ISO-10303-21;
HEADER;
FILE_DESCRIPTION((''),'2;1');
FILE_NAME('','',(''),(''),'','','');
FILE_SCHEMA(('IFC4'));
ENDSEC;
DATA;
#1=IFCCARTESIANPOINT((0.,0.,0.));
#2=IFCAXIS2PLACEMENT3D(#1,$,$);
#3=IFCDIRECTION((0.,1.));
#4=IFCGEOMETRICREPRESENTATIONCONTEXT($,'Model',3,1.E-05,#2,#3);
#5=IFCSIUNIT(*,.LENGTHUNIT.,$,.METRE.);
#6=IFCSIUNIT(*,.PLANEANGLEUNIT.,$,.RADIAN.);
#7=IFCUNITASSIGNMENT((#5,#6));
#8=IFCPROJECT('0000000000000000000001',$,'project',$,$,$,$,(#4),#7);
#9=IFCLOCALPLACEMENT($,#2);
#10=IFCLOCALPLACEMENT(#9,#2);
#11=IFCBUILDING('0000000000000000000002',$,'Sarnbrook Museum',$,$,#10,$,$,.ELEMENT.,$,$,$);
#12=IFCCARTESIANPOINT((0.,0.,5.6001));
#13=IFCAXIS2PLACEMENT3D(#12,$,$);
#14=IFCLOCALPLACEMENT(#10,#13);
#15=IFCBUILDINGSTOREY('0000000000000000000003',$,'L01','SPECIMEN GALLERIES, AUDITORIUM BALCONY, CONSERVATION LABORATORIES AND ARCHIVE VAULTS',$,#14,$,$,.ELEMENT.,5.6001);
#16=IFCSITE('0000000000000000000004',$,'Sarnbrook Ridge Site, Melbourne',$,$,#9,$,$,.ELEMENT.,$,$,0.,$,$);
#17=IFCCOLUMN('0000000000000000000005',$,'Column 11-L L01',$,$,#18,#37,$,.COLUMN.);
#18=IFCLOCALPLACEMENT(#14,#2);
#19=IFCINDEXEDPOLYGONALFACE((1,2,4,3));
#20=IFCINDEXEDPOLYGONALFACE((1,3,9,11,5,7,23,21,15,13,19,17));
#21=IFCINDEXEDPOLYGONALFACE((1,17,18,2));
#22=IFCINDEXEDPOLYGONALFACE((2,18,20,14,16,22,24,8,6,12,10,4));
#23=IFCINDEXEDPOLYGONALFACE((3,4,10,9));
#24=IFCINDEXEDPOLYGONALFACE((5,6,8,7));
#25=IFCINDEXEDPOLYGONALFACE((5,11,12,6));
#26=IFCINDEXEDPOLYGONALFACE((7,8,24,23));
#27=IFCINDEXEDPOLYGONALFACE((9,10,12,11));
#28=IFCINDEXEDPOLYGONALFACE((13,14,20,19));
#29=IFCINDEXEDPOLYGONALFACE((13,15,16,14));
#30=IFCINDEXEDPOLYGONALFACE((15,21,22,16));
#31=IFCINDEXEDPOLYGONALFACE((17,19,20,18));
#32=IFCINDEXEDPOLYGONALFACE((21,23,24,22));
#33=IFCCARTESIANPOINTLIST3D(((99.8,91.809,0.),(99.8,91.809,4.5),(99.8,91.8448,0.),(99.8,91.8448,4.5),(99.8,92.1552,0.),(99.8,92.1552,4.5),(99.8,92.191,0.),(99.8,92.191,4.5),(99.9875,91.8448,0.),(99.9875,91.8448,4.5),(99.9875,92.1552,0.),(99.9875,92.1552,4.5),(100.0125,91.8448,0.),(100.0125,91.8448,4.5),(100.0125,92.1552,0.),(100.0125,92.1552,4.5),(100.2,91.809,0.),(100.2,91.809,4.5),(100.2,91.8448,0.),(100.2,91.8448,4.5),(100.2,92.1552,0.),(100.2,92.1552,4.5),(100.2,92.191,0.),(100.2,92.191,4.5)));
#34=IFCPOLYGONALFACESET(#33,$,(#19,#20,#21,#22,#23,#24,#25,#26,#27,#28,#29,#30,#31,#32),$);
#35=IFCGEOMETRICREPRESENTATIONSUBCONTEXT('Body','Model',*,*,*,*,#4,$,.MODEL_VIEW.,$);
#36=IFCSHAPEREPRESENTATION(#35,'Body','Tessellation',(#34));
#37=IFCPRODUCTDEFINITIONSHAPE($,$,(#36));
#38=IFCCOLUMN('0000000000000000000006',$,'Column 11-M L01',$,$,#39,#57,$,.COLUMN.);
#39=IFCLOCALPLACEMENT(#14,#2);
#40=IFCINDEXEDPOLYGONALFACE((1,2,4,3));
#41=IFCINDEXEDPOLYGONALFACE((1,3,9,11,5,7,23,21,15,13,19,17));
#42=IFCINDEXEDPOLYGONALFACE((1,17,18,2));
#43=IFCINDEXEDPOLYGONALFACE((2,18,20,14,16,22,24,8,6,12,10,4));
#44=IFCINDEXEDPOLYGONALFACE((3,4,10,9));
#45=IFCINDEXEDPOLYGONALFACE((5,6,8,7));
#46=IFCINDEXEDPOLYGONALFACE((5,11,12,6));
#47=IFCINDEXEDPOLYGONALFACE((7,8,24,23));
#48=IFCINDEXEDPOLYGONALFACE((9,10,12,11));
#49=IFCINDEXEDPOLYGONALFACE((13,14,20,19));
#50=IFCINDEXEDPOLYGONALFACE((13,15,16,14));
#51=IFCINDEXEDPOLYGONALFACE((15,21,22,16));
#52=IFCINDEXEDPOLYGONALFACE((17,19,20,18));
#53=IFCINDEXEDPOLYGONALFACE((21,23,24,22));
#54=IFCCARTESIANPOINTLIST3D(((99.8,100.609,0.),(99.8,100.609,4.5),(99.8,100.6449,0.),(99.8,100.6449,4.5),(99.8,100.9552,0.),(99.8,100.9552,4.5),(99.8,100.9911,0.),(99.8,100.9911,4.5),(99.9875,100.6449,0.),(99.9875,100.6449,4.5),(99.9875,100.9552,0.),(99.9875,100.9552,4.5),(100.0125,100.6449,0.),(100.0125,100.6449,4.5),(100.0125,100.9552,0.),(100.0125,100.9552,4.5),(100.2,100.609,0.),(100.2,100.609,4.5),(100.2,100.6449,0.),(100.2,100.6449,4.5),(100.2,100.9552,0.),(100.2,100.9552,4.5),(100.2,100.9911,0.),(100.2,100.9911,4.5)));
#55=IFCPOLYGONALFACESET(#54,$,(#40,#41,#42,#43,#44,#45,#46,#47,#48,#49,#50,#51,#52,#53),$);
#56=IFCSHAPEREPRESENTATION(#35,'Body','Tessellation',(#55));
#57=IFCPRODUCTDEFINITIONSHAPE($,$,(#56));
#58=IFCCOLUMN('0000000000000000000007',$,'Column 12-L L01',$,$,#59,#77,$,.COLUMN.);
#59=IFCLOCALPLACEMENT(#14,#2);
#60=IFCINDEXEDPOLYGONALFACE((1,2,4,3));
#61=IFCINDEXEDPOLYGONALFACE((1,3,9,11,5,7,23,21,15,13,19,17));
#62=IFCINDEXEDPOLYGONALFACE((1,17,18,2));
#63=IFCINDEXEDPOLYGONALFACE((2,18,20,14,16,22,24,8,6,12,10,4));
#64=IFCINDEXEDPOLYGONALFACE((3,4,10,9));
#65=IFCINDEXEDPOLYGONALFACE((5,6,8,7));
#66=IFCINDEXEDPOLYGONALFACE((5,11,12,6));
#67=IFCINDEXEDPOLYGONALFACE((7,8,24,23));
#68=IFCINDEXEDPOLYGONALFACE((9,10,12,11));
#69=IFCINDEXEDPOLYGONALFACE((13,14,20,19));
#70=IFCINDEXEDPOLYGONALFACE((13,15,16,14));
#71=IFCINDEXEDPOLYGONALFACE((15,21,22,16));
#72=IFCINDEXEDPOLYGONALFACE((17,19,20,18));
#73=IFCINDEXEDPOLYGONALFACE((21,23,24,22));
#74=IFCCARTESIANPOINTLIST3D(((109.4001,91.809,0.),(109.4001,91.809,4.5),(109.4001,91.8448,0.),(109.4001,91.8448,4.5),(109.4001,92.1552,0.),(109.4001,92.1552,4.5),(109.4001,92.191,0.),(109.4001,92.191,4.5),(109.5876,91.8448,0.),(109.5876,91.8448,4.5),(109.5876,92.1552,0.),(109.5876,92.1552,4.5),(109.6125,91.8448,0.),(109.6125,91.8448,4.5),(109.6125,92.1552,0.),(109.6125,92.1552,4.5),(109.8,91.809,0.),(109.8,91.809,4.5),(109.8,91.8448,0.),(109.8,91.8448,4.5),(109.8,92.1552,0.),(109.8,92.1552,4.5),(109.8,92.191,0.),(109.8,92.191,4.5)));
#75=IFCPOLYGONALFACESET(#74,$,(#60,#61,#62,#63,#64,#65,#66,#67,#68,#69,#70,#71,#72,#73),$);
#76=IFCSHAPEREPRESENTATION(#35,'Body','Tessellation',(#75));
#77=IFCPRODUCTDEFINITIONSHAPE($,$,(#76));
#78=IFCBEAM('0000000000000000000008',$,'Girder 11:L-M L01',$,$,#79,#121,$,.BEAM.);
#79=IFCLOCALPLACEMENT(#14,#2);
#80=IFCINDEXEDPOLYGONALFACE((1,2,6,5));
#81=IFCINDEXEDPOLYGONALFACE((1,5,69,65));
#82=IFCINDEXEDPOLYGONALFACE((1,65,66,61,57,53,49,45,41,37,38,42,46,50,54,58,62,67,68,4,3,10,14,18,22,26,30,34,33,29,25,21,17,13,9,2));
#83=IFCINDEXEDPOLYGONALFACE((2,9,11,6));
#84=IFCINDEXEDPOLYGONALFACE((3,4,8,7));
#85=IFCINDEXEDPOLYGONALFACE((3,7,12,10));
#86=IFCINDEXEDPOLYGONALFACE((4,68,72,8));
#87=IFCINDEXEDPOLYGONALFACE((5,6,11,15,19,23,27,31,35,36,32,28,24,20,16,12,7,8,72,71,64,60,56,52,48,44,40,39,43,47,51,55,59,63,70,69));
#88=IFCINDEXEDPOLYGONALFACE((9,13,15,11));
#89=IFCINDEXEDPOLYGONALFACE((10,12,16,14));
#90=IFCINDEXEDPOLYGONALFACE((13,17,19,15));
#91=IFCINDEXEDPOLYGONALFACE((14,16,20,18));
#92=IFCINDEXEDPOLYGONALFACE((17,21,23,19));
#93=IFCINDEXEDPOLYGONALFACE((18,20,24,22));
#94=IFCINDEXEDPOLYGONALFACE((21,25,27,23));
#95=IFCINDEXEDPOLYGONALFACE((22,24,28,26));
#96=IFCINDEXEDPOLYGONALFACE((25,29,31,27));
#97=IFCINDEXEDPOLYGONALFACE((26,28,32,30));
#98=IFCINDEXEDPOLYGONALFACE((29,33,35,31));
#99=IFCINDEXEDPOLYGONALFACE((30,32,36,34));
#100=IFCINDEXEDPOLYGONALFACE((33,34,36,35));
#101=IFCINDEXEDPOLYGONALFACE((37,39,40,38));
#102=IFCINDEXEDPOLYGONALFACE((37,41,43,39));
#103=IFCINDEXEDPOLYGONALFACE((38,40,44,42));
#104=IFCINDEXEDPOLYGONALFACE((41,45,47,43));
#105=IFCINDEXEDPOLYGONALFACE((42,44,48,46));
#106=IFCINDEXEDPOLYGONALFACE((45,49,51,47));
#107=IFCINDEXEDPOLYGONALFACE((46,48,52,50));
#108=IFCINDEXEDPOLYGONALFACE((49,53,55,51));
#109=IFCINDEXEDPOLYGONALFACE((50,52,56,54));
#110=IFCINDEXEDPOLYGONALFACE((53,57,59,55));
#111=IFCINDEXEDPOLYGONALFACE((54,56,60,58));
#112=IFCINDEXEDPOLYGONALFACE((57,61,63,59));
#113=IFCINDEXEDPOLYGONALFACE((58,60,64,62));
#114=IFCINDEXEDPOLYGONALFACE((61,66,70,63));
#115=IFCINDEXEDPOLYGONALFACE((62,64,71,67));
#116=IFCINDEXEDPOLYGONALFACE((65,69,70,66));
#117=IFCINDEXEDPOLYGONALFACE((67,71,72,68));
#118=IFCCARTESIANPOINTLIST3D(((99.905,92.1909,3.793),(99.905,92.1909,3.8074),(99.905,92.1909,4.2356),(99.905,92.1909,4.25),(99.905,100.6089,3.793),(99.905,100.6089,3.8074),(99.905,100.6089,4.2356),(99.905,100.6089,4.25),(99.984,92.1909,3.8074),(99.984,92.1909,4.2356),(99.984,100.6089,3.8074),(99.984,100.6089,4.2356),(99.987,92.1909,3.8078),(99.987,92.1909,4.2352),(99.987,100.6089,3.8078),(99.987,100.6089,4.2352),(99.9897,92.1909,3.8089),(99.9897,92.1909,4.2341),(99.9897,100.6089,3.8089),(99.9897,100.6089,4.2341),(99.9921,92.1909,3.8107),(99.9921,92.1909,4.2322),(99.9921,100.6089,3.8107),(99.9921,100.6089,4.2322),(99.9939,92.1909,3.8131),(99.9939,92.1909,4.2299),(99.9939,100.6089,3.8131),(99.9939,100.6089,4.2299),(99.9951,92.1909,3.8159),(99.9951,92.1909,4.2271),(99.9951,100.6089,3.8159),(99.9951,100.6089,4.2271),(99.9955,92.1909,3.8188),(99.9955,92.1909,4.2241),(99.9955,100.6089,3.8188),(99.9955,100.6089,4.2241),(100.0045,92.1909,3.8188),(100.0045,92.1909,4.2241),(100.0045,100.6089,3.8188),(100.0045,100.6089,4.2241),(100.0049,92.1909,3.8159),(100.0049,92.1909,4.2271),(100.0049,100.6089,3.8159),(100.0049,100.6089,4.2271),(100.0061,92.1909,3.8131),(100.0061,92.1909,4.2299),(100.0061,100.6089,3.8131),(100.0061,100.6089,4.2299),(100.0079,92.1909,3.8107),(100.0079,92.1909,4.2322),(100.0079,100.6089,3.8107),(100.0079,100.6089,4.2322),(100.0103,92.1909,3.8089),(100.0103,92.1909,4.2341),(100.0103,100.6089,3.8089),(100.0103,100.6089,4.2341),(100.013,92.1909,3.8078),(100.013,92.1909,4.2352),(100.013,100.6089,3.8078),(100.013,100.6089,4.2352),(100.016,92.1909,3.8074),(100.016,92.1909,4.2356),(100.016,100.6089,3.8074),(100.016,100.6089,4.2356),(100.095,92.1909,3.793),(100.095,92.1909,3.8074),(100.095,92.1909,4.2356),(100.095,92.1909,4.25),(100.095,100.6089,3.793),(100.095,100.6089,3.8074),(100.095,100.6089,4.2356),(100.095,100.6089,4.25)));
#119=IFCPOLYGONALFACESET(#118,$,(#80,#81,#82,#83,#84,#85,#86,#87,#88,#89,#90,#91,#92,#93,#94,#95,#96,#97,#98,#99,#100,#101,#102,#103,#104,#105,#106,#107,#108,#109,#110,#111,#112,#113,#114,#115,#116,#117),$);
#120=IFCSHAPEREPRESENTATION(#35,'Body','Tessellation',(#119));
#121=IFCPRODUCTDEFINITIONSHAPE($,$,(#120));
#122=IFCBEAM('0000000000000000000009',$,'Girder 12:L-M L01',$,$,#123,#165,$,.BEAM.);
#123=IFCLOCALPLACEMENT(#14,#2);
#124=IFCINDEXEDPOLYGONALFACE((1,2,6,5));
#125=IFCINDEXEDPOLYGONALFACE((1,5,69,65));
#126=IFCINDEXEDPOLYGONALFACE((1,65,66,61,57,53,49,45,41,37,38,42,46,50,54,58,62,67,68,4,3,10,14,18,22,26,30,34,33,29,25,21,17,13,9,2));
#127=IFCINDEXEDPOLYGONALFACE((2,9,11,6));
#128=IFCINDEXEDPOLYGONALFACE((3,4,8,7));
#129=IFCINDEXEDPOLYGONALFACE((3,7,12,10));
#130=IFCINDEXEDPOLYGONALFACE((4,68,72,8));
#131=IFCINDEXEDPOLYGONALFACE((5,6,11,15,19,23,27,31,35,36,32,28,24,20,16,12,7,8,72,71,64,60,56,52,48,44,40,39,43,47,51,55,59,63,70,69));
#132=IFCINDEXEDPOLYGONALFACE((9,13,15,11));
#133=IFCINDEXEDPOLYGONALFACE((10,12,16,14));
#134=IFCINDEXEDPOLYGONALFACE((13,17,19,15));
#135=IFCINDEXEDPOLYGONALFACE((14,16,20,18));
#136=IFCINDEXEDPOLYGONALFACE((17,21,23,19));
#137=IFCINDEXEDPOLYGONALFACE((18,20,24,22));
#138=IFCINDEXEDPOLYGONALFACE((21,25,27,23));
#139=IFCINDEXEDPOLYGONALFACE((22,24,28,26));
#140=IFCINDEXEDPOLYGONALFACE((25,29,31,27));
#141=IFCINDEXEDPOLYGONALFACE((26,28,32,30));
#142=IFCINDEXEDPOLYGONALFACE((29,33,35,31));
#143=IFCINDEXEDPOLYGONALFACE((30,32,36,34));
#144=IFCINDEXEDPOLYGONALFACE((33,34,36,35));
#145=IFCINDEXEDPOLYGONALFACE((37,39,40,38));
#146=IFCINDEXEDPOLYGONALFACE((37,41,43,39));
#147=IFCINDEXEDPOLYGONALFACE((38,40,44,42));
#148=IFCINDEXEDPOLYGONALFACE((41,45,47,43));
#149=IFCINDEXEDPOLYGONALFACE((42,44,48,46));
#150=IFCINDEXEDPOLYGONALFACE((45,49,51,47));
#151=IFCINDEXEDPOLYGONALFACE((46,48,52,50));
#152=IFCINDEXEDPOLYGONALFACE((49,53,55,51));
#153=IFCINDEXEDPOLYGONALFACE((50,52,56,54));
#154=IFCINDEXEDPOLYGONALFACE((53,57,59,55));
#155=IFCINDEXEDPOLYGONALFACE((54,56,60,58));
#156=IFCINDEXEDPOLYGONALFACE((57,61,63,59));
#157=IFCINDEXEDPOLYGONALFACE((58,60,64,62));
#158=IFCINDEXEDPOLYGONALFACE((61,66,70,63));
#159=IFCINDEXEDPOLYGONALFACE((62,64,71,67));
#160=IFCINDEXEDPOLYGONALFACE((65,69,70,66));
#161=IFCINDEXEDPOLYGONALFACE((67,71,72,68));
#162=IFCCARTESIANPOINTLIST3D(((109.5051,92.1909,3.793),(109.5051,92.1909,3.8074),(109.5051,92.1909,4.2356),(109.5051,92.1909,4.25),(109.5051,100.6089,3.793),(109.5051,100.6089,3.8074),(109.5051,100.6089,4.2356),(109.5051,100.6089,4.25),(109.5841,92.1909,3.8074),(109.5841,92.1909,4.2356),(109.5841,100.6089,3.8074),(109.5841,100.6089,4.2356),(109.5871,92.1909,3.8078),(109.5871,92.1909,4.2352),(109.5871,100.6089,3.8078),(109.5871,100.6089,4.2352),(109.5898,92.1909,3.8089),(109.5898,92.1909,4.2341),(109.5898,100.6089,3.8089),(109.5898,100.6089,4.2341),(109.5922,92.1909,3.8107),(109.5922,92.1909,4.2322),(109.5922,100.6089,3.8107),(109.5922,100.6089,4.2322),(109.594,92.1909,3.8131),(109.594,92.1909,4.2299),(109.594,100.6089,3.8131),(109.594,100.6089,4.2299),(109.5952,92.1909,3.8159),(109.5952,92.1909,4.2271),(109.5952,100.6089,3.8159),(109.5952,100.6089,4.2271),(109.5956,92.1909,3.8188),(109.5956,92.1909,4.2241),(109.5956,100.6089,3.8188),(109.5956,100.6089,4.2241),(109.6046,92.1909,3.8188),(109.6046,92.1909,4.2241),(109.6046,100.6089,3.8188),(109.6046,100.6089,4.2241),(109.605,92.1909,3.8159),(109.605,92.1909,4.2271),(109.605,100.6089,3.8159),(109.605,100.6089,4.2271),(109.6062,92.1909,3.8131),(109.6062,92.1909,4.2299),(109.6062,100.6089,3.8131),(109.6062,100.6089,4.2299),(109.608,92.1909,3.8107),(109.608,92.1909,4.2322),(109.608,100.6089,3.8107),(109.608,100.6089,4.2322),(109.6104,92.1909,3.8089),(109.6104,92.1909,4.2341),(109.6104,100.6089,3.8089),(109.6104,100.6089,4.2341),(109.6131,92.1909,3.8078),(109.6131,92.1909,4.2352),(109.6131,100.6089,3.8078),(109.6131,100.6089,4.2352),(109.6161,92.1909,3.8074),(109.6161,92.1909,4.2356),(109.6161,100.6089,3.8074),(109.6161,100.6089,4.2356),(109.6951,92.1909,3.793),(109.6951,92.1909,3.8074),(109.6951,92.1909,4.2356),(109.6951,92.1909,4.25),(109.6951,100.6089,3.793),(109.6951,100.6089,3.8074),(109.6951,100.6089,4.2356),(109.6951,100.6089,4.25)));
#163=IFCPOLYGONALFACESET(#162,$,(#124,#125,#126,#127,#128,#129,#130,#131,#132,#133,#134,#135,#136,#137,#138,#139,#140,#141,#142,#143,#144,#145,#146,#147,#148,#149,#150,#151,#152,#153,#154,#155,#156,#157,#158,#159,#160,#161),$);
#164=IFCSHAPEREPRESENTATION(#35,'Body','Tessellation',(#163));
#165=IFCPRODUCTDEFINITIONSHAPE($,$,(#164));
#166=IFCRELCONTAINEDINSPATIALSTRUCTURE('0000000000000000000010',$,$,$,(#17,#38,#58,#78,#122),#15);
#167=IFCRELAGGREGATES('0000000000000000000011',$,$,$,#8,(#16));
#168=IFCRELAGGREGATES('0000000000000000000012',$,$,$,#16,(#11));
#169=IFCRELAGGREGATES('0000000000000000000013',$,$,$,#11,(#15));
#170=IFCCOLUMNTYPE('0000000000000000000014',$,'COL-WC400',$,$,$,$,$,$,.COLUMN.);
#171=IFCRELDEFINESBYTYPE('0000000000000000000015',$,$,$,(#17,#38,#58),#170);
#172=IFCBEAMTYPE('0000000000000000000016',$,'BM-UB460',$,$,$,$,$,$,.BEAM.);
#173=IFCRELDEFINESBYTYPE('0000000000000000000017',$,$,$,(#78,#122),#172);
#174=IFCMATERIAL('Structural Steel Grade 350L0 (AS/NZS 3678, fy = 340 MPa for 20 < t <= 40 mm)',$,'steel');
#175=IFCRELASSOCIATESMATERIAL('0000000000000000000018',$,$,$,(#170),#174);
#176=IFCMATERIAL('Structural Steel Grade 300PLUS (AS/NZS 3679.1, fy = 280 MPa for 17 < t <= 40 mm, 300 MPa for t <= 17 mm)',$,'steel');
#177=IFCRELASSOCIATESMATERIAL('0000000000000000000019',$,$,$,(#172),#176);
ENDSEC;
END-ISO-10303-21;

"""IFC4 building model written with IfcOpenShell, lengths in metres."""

from ifc_helpers import new_model, si_unit, direction, frame, origin, origin_2d, place, context, subcontext, project, spatial, i_section, extrude, material, material_profile, profile_set, type_object, element, save


model = new_model("IFC4")

# Units and contexts
model_context = context("Model", 3, precision=1e-05, world=origin(), true_north=direction((0.0, 1.0)))
body_context = subcontext(model_context, "Body", "Model", "MODEL_VIEW")
ifc_project = project(units=[si_unit("LENGTHUNIT", "METRE"), si_unit("PLANEANGLEUNIT", "RADIAN")], contexts=[model_context])

# Site, building, storey
site_placement = place(None, origin())
site = spatial("IfcSite", under=ifc_project, at=site_placement, Name="Sarnbrook Ridge Site, Melbourne", CompositionType="ELEMENT", RefElevation=0.0)
building_placement = place(site_placement, origin())
building = spatial("IfcBuilding", under=site, at=building_placement, Name="Sarnbrook Museum", CompositionType="ELEMENT")
storey_placement = place(building_placement, frame((0.0, 0.0, 5.6001)))
storey = spatial("IfcBuildingStorey", under=building, at=storey_placement, Name="L01", Description="SPECIMEN GALLERIES, AUDITORIUM BALCONY, CONSERVATION LABORATORIES AND ARCHIVE VAULTS", CompositionType="ELEMENT", Elevation=5.6001)

# Columns
ifc_material_1 = material(Name="Structural Steel Grade 350L0 (AS/NZS 3678, fy = 340 MPa for 20 < t <= 40 mm)", Category="steel")
ifc_material_profile_1 = material_profile(ifc_material_1, i_section(OverallWidth=0.3999, OverallDepth=0.3821, WebThickness=0.0249, FlangeThickness=0.0359, at=origin_2d()), Name="400WC270")
ifc_profile_set_1 = profile_set([ifc_material_profile_1], Name="Structural Steel Grade 350L0 (AS/NZS 3678, fy = 340 MPa for 20 < t <= 40 mm)")
column_type = type_object("IfcColumnType", Name="COL-WC400", PredefinedType="COLUMN", material=ifc_profile_set_1)
for number, where, z_axis, x_axis, name in (
    (1, (100.0, 92.0, 0.0), (0.0, 0.0, 1.0), (1.0, 0.0, 0.0), "Column 11-L L01"),
    (2, (100.0, 100.8, 0.0), (0.0, 0.0, 1.0), (1.0, 0.0, 0.0), "Column 11-M L01"),
    (3, (109.6001, 92.0, 0.0), (0.0, 0.0, 1.0), (1.0, 0.0, 0.0), "Column 12-L L01"),
):
    element("IfcColumn", number, at=place(storey_placement, frame(where, z_axis=z_axis, x_axis=x_axis)), inside=storey, type_object=column_type, Name=name, PredefinedType="COLUMN", context=body_context, shape_type="SweptSolid", body=[
        extrude(i_section(OverallWidth=0.3999, OverallDepth=0.3821, WebThickness=0.0249, FlangeThickness=0.0359, at=origin_2d()), origin(), (0.0, 0.0, 1.0), 4.5),
    ])

# Beams
ifc_material_2 = material(Name="Structural Steel Grade 300PLUS (AS/NZS 3679.1, fy = 280 MPa for 17 < t <= 40 mm, 300 MPa for t <= 17 mm)", Category="steel")
ifc_material_profile_2 = material_profile(ifc_material_2, i_section(OverallWidth=0.1899, OverallDepth=0.457, WebThickness=0.009, FlangeThickness=0.0144, FilletRadius=0.0115, at=origin_2d()), Name="460UB74.6")
ifc_profile_set_2 = profile_set([ifc_material_profile_2], Name="Structural Steel Grade 300PLUS (AS/NZS 3679.1, fy = 280 MPa for 17 < t <= 40 mm, 300 MPa for t <= 17 mm)")
beam_type_1 = type_object("IfcBeamType", Name="BM-UB460", PredefinedType="BEAM", material=ifc_profile_set_2)
for number, where, z_axis, x_axis, name in (
    (4, (100.0, 92.1909, 4.0215), (0.0, 1.0, 0.0), (-1.0, 0.0, 0.0), "Girder 11:L-M L01"),
    (5, (109.6001, 92.1909, 4.0215), (0.0, 1.0, 0.0), (-1.0, 0.0, 0.0), "Girder 12:L-M L01"),
):
    element("IfcBeam", number, at=place(storey_placement, frame(where, z_axis=z_axis, x_axis=x_axis)), inside=storey, type_object=beam_type_1, Name=name, PredefinedType="BEAM", context=body_context, shape_type="SweptSolid", body=[
        extrude(i_section(OverallWidth=0.1899, OverallDepth=0.457, WebThickness=0.009, FlangeThickness=0.0144, FilletRadius=0.0115, at=origin_2d()), origin(), (0.0, 0.0, 1.0), 8.418),
    ])

save(model, "model.ifc")
